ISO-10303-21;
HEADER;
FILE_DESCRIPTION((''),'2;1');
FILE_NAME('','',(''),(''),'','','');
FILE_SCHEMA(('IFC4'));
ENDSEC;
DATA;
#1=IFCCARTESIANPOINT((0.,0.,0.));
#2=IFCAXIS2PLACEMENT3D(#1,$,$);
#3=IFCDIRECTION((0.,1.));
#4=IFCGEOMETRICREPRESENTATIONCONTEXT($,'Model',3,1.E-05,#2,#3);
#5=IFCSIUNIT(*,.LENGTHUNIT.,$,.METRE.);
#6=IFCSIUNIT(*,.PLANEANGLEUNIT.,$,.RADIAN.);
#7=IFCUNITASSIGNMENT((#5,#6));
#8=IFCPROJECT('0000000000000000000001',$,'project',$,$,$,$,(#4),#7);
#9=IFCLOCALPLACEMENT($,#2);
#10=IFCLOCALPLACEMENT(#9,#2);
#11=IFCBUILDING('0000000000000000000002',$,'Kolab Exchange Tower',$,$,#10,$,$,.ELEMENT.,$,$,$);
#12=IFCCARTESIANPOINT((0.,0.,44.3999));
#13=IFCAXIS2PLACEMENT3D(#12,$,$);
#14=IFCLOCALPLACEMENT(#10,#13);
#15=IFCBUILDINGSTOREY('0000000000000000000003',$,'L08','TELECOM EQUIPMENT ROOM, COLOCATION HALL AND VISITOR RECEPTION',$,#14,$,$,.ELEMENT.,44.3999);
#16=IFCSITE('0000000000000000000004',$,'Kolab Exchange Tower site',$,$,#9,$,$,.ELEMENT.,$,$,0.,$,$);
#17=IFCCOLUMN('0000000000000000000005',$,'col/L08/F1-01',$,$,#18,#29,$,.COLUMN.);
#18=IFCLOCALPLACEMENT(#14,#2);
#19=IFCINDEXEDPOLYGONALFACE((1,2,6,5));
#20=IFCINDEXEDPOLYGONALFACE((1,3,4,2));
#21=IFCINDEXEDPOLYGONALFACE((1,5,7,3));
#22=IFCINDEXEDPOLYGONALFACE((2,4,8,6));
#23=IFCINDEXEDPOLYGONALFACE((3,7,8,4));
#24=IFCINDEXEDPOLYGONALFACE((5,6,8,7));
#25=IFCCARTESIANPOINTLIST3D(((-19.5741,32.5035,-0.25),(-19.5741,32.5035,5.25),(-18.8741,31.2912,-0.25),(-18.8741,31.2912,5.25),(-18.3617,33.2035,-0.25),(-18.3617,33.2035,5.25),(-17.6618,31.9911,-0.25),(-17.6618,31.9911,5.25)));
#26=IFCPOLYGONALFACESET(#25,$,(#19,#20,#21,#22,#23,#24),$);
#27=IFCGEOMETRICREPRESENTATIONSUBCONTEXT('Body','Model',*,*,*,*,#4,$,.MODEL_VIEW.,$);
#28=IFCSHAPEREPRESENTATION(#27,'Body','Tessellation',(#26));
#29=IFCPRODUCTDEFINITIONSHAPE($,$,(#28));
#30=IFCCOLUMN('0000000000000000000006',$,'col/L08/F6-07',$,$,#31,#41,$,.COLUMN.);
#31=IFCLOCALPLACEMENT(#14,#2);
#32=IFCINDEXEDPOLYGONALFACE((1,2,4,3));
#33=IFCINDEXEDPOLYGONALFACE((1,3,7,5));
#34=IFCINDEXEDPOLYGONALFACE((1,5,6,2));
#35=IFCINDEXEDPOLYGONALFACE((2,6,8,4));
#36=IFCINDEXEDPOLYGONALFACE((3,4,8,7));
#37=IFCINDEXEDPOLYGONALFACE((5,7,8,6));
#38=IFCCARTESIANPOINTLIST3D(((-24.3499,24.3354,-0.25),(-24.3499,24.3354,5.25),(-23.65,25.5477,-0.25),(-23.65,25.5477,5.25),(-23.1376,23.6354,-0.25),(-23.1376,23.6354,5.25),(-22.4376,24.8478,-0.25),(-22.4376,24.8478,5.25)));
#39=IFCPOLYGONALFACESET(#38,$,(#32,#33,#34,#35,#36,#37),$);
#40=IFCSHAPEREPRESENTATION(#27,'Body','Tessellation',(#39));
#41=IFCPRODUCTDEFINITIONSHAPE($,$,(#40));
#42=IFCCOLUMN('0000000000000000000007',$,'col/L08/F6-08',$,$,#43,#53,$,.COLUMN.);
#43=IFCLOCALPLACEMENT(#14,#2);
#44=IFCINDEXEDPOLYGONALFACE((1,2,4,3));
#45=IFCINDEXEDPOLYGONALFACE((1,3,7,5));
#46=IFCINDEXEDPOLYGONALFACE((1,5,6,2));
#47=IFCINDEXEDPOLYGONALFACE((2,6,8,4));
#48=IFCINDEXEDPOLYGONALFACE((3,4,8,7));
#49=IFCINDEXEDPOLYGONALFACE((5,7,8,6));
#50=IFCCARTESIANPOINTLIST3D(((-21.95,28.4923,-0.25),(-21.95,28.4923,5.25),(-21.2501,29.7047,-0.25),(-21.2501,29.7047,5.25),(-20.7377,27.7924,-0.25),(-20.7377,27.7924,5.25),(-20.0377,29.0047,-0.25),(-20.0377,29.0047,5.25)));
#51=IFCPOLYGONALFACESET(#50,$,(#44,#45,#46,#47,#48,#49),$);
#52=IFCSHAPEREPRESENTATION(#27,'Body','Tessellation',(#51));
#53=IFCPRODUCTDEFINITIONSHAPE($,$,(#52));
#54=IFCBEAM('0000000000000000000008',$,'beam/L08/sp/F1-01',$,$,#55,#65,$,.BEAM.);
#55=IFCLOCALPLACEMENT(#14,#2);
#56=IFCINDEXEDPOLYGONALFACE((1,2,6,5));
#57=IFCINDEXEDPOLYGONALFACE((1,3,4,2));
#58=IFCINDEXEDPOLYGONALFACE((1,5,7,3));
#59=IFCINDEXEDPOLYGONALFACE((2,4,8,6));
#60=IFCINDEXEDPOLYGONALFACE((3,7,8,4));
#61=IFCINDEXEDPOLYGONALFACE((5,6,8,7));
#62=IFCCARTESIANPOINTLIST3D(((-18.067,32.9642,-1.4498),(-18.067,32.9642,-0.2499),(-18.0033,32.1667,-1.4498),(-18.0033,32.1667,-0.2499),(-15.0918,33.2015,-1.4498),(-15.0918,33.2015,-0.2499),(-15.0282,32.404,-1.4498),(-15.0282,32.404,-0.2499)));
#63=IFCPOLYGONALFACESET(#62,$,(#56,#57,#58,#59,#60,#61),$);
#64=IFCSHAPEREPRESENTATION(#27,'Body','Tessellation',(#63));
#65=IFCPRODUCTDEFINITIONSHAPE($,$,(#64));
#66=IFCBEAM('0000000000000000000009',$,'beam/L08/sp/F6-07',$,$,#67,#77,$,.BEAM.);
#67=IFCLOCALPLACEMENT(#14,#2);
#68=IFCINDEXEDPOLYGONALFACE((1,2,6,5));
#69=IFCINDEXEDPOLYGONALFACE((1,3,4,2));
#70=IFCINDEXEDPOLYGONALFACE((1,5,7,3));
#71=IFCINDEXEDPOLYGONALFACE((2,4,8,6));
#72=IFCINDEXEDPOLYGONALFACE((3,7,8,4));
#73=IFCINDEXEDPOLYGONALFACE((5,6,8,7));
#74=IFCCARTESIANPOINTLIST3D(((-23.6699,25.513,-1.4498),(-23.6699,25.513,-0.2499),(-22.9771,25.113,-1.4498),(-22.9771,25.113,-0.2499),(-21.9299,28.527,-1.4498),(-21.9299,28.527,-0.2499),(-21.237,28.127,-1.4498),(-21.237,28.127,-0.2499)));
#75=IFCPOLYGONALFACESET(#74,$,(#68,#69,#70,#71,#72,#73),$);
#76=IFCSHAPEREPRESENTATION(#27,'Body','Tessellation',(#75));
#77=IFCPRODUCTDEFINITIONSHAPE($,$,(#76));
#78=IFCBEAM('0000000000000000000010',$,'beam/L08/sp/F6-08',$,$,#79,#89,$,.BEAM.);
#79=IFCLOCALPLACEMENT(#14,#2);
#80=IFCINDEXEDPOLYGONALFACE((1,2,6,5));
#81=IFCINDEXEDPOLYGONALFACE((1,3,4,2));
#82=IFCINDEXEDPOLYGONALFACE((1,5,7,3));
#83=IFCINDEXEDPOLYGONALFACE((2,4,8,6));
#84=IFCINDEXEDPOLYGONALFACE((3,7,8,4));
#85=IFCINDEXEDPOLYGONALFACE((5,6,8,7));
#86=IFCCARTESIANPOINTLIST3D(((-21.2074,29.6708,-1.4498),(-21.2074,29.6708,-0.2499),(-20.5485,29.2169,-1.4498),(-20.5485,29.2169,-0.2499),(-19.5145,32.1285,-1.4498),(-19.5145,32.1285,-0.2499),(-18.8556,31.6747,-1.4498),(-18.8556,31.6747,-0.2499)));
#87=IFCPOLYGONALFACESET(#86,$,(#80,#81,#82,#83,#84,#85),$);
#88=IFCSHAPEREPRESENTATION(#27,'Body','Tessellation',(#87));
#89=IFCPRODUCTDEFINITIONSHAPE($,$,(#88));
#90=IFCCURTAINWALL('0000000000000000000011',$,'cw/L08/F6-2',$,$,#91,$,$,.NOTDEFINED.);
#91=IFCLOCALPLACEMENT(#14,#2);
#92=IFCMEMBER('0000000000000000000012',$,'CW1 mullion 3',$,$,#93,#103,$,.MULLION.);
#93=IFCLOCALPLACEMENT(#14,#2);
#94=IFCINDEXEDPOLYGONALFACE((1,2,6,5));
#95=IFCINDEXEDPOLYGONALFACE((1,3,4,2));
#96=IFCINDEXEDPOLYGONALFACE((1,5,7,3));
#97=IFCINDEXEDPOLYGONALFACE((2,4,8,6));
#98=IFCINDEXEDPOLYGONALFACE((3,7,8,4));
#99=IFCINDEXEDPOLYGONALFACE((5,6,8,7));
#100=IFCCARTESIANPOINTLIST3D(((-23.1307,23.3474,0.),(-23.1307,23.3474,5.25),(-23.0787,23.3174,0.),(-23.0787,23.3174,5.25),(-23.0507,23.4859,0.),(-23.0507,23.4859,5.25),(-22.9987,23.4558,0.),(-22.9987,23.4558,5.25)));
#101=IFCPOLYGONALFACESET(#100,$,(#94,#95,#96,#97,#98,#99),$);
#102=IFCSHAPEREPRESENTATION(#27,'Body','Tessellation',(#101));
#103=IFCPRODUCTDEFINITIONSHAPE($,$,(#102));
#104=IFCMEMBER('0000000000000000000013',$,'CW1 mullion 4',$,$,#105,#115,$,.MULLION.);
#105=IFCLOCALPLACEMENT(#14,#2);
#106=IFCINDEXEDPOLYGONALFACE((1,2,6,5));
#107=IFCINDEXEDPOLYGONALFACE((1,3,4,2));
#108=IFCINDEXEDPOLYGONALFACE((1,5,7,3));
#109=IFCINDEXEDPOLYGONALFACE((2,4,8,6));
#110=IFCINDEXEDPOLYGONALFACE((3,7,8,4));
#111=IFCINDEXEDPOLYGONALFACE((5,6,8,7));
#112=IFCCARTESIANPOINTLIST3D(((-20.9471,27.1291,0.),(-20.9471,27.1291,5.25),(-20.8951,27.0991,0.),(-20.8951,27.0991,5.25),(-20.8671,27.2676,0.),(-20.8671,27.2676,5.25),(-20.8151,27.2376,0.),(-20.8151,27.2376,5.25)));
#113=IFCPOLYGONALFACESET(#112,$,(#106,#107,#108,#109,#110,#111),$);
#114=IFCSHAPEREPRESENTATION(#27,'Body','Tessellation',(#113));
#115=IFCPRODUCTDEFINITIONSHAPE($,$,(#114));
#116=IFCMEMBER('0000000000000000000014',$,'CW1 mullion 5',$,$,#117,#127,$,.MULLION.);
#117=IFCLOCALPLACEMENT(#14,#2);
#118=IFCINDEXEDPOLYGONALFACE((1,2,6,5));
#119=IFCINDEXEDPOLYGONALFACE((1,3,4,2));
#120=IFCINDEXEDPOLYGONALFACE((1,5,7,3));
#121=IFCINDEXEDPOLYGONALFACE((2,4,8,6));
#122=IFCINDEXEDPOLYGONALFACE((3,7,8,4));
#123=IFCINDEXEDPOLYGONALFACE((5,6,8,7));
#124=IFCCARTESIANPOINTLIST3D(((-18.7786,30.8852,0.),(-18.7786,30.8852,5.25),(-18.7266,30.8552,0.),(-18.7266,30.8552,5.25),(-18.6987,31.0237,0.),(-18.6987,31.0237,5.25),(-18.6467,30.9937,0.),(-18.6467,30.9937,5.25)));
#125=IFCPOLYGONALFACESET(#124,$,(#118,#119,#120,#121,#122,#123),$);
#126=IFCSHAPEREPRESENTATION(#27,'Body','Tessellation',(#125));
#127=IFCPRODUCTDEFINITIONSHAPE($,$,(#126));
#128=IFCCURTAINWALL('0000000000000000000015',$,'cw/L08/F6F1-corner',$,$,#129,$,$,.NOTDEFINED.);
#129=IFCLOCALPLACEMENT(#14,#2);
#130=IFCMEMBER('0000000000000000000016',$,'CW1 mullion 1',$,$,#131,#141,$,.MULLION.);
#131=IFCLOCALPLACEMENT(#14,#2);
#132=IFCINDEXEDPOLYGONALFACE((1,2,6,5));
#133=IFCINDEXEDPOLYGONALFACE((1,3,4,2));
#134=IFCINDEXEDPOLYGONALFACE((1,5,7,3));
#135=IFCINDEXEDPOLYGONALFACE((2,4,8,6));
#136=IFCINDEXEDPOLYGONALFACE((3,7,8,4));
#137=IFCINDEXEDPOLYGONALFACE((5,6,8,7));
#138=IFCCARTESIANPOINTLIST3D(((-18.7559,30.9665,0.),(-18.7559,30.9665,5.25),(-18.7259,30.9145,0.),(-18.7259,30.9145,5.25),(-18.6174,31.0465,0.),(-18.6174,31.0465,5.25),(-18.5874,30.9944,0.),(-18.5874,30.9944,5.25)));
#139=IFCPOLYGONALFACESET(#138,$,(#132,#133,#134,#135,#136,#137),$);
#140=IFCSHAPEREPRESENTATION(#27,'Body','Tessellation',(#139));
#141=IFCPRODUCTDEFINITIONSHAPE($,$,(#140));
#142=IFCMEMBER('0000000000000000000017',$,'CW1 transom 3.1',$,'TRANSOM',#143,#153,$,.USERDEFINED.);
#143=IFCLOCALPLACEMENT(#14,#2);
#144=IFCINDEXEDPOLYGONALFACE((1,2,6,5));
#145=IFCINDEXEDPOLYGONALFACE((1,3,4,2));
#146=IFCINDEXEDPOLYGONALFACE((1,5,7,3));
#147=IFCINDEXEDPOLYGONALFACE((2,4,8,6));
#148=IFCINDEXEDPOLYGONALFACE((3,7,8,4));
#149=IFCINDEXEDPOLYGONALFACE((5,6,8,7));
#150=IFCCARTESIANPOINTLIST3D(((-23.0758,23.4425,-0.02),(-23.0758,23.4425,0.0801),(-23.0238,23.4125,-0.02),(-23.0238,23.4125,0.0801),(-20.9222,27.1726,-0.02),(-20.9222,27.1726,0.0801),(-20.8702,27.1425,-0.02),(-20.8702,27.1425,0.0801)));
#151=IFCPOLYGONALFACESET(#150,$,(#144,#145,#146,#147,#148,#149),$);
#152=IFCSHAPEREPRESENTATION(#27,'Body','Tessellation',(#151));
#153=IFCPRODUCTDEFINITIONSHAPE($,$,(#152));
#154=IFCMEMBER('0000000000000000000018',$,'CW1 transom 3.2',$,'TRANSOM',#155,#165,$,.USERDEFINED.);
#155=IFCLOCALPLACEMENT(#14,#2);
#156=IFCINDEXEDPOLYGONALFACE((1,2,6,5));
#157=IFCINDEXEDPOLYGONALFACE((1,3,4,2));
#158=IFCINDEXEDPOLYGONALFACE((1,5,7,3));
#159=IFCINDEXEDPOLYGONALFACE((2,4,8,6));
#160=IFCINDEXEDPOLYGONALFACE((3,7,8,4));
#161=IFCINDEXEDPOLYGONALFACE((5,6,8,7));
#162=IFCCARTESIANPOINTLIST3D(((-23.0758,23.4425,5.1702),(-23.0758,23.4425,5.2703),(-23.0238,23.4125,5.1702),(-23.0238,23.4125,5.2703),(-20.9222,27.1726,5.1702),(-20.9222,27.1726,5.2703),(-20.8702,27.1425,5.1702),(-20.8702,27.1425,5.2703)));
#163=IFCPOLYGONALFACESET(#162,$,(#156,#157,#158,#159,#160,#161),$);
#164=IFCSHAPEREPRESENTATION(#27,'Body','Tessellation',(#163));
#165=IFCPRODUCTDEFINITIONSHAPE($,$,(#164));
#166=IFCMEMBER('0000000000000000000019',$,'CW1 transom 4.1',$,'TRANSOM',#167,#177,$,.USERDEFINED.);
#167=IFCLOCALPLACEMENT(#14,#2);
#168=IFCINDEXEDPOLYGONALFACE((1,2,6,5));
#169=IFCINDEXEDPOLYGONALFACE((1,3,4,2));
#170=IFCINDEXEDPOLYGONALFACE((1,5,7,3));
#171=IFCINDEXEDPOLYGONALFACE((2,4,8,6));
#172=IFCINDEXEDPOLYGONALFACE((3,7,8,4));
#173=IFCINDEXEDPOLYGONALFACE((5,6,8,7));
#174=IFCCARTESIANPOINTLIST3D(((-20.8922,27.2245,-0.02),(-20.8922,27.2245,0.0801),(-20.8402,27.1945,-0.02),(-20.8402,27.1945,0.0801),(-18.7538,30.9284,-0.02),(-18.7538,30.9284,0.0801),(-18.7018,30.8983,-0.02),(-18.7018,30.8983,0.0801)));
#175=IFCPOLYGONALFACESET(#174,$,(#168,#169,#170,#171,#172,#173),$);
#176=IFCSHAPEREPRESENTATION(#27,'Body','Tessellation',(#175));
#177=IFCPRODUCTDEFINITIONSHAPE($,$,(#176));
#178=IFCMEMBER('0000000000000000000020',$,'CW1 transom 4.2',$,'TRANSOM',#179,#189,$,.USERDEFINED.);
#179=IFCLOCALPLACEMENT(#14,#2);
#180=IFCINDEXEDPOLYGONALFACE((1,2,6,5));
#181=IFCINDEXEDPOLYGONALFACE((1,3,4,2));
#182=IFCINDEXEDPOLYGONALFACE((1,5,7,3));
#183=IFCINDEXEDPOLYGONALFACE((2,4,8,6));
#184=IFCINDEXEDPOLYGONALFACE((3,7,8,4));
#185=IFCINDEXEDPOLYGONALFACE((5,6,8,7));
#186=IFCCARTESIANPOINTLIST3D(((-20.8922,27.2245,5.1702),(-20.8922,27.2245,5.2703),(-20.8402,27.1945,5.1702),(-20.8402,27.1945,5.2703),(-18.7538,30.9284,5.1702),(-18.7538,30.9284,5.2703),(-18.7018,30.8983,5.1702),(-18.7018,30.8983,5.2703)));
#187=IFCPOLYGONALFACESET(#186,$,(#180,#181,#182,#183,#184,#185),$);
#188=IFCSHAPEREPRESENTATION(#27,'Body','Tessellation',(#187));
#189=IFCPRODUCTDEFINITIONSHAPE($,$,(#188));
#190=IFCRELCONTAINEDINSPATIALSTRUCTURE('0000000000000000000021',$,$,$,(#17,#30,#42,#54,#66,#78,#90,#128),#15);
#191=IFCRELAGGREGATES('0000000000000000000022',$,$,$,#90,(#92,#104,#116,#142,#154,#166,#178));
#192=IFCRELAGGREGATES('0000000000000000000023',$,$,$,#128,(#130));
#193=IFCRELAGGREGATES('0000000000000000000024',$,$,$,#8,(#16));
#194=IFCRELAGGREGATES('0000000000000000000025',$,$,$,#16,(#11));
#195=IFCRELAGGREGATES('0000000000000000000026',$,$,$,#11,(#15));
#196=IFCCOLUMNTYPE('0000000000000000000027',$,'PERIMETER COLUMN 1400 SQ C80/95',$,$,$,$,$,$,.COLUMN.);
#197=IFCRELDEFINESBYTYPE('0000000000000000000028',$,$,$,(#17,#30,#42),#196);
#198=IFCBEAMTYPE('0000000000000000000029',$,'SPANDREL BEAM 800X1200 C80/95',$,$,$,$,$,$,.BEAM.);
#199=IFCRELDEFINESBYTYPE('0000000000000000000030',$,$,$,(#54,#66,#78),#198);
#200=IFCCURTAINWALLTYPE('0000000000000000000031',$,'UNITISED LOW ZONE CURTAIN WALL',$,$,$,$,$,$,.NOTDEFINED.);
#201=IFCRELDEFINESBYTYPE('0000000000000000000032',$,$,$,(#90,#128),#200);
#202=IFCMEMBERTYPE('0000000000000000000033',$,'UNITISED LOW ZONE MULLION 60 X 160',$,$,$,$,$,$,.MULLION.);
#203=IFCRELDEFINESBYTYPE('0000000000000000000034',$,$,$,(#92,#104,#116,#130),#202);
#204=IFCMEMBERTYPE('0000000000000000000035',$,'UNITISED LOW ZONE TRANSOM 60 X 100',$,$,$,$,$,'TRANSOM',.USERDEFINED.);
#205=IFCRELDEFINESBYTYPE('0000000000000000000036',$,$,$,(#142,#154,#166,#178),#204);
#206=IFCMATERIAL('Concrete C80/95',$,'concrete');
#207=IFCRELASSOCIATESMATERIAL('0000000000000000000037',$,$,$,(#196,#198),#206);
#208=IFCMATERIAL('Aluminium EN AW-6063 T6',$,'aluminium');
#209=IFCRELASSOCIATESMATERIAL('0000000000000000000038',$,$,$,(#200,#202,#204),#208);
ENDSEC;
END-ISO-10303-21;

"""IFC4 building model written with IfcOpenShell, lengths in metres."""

from ifc_helpers import new_model, si_unit, direction, frame, origin, origin_2d, place, context, subcontext, project, spatial, rectangle, extrude, material, material_profile, profile_set, type_object, element, aggregate, save


model = new_model("IFC4")

# Units and contexts
model_context = context("Model", 3, precision=1e-05, world=origin(), true_north=direction((0.0, 1.0)))
body_context = subcontext(model_context, "Body", "Model", "MODEL_VIEW")
ifc_project = project(units=[si_unit("LENGTHUNIT", "METRE"), si_unit("PLANEANGLEUNIT", "RADIAN")], contexts=[model_context])

# Site, building, storey
site_placement = place(None, origin())
site = spatial("IfcSite", under=ifc_project, at=site_placement, Name="Kolab Exchange Tower site", CompositionType="ELEMENT", RefElevation=0.0)
building_placement = place(site_placement, origin())
building = spatial("IfcBuilding", under=site, at=building_placement, Name="Kolab Exchange Tower", CompositionType="ELEMENT")
storey_placement = place(building_placement, frame((0.0, 0.0, 44.3999)))
storey = spatial("IfcBuildingStorey", under=building, at=storey_placement, Name="L08", Description="TELECOM EQUIPMENT ROOM, COLOCATION HALL AND VISITOR RECEPTION", CompositionType="ELEMENT", Elevation=44.3999)

# Columns
ifc_material_1 = material(Name="Concrete C80/95", Category="concrete")
ifc_material_profile_1 = material_profile(ifc_material_1, rectangle(XDim=1.3999, YDim=1.3999, at=origin_2d()), Name="RC1400")
ifc_profile_set_1 = profile_set([ifc_material_profile_1], Name="Concrete C80/95")
column_type = type_object("IfcColumnType", Name="PERIMETER COLUMN 1400 SQ C80/95", PredefinedType="COLUMN", material=ifc_profile_set_1)
for number, where, z_axis, x_axis, name in (
    (1, (-18.6179, 32.2473, -0.25), (0.0, 0.0, 1.0), (0.866025, 0.5, 0.0), "col/L08/F1-01"),
    (2, (-23.3938, 24.5916, -0.25), (0.0, 0.0, 1.0), (0.5, 0.866025, 0.0), "col/L08/F6-07"),
    (3, (-20.9939, 28.7485, -0.25), (0.0, 0.0, 1.0), (0.5, 0.866025, 0.0), "col/L08/F6-08"),
):
    element("IfcColumn", number, at=place(storey_placement, frame(where, z_axis=z_axis, x_axis=x_axis)), inside=storey, type_object=column_type, Name=name, PredefinedType="COLUMN", context=body_context, shape_type="SweptSolid", body=[
        extrude(rectangle(XDim=1.3999, YDim=1.3999, at=origin_2d()), origin(), (0.0, 0.0, 1.0), 5.5),
    ])

# Beams
ifc_material_profile_2 = material_profile(ifc_material_1, rectangle(XDim=0.8, YDim=1.2, at=origin_2d()), Name="RC800X1200")
ifc_profile_set_2 = profile_set([ifc_material_profile_2], Name="Concrete C80/95")
beam_type = type_object("IfcBeamType", Name="SPANDREL BEAM 800X1200 C80/95", PredefinedType="BEAM", material=ifc_profile_set_2)
beam_1_placement = place(storey_placement, frame((-18.0352, 32.5654, -0.8499), z_axis=(0.996834, 0.079511, 0.0), x_axis=(-0.079511, 0.996834, 0.0)))
element("IfcBeam", 4, at=beam_1_placement, inside=storey, type_object=beam_type, Name="beam/L08/sp/F1-01", PredefinedType="BEAM", context=body_context, shape_type="SweptSolid", body=[
    extrude(rectangle(XDim=0.8, YDim=1.2, at=origin_2d()), origin(), (0.0, 0.0, 1.0), 2.9846),
])
beam_2_placement = place(storey_placement, frame((-23.3235, 25.313, -0.8499), z_axis=(0.49998, 0.866037, 0.0), x_axis=(-0.866037, 0.49998, 0.0)))
element("IfcBeam", 5, at=beam_2_placement, inside=storey, type_object=beam_type, Name="beam/L08/sp/F6-07", PredefinedType="BEAM", context=body_context, shape_type="SweptSolid", body=[
    extrude(rectangle(XDim=0.8, YDim=1.2, at=origin_2d()), origin(), (0.0, 0.0, 1.0), 3.4802),
])
beam_3_placement = place(storey_placement, frame((-20.8779, 29.4438, -0.8499), z_axis=(0.567247, 0.823548, 0.0), x_axis=(-0.823548, 0.567247, 0.0)))
element("IfcBeam", 6, at=beam_3_placement, inside=storey, type_object=beam_type, Name="beam/L08/sp/F6-08", PredefinedType="BEAM", context=body_context, shape_type="SweptSolid", body=[
    extrude(rectangle(XDim=0.8, YDim=1.2, at=origin_2d()), origin(), (0.0, 0.0, 1.0), 2.9844),
])

# Curtain wall, members
ifc_material_2 = material(Name="Aluminium EN AW-6063 T6", Category="aluminium")
curtain_wall_type = type_object("IfcCurtainWallType", Name="UNITISED LOW ZONE CURTAIN WALL", PredefinedType="NOTDEFINED", material=ifc_material_2)
curtain_wall_1_placement = place(storey_placement, origin())
curtain_wall_1 = element("IfcCurtainWall", 7, at=curtain_wall_1_placement, inside=storey, type_object=curtain_wall_type, Name="cw/L08/F6-2", PredefinedType="NOTDEFINED")
ifc_material_profile_3 = material_profile(ifc_material_2, rectangle(XDim=0.0601, YDim=0.1599, at=origin_2d()), Name="RECT 60X160")
ifc_profile_set_3 = profile_set([ifc_material_profile_3], Name="Aluminium EN AW-6063 T6")
member_type_1 = type_object("IfcMemberType", Name="UNITISED LOW ZONE MULLION 60 X 160", PredefinedType="MULLION", material=ifc_profile_set_3)
member_1_placement = place(storey_placement, frame((-23.0647, 23.4016, 0.0), z_axis=(0.0, 0.0, 1.0), x_axis=(-0.866025, 0.5, 0.0)))
member_1 = element("IfcMember", 8, at=member_1_placement, type_object=member_type_1, Name="CW1 mullion 3", PredefinedType="MULLION", context=body_context, shape_type="SweptSolid", body=[
    extrude(rectangle(XDim=0.0601, YDim=0.1599, at=origin_2d()), origin(), (0.0, 0.0, 1.0), 5.25),
])
member_2_placement = place(storey_placement, frame((-20.8811, 27.1833, 0.0), z_axis=(0.0, 0.0, 1.0), x_axis=(-0.866025, 0.5, 0.0)))
member_2 = element("IfcMember", 9, at=member_2_placement, type_object=member_type_1, Name="CW1 mullion 4", PredefinedType="MULLION", context=body_context, shape_type="SweptSolid", body=[
    extrude(rectangle(XDim=0.0601, YDim=0.1599, at=origin_2d()), origin(), (0.0, 0.0, 1.0), 5.25),
])
member_3_placement = place(storey_placement, frame((-18.7126, 30.9395, 0.0), z_axis=(0.0, 0.0, 1.0), x_axis=(-0.866025, 0.5, 0.0)))
member_3 = element("IfcMember", 10, at=member_3_placement, type_object=member_type_1, Name="CW1 mullion 5", PredefinedType="MULLION", context=body_context, shape_type="SweptSolid", body=[
    extrude(rectangle(XDim=0.0601, YDim=0.1599, at=origin_2d()), origin(), (0.0, 0.0, 1.0), 5.25),
])

# Curtain wall, member
curtain_wall_2_placement = place(storey_placement, origin())
curtain_wall_2 = element("IfcCurtainWall", 11, at=curtain_wall_2_placement, inside=storey, type_object=curtain_wall_type, Name="cw/L08/F6F1-corner", PredefinedType="NOTDEFINED")
member_4_placement = place(storey_placement, frame((-18.6716, 30.9805, 0.0), z_axis=(0.0, 0.0, 1.0), x_axis=(-0.5, 0.866025, 0.0)))
member_4 = element("IfcMember", 12, at=member_4_placement, type_object=member_type_1, Name="CW1 mullion 1", PredefinedType="MULLION", context=body_context, shape_type="SweptSolid", body=[
    extrude(rectangle(XDim=0.0601, YDim=0.1599, at=origin_2d()), origin(), (0.0, 0.0, 1.0), 5.25),
])

# Members
ifc_material_profile_4 = material_profile(ifc_material_2, rectangle(XDim=0.0601, YDim=0.1001, at=origin_2d()), Name="RECT 60X100")
ifc_profile_set_4 = profile_set([ifc_material_profile_4], Name="Aluminium EN AW-6063 T6")
member_type_2 = type_object("IfcMemberType", Name="UNITISED LOW ZONE TRANSOM 60 X 100", ElementType="TRANSOM", PredefinedType="USERDEFINED", material=ifc_profile_set_4)
member_5_placement = place(storey_placement, frame((-23.0498, 23.4275, 0.03), z_axis=(0.50001, 0.866019, 0.0), x_axis=(-0.866019, 0.50001, 0.0)))
member_5 = element("IfcMember", 13, at=member_5_placement, type_object=member_type_2, Name="CW1 transom 3.1", ObjectType="TRANSOM", PredefinedType="USERDEFINED", context=body_context, shape_type="SweptSolid", body=[
    extrude(rectangle(XDim=0.0601, YDim=0.1001, at=origin_2d()), origin(), (0.0, 0.0, 1.0), 4.3071),
])
member_6_placement = place(storey_placement, frame((-23.0498, 23.4275, 5.2202), z_axis=(0.50001, 0.866019, 0.0), x_axis=(-0.866019, 0.50001, 0.0)))
member_6 = element("IfcMember", 14, at=member_6_placement, type_object=member_type_2, Name="CW1 transom 3.2", ObjectType="TRANSOM", PredefinedType="USERDEFINED", context=body_context, shape_type="SweptSolid", body=[
    extrude(rectangle(XDim=0.0601, YDim=0.1001, at=origin_2d()), origin(), (0.0, 0.0, 1.0), 4.3071),
])
member_7_placement = place(storey_placement, frame((-20.8662, 27.2095, 0.03), z_axis=(0.500001, 0.866025, 0.0), x_axis=(-0.866025, 0.500001, 0.0)))
member_7 = element("IfcMember", 15, at=member_7_placement, type_object=member_type_2, Name="CW1 transom 4.1", ObjectType="TRANSOM", PredefinedType="USERDEFINED", context=body_context, shape_type="SweptSolid", body=[
    extrude(rectangle(XDim=0.0601, YDim=0.1001, at=origin_2d()), origin(), (0.0, 0.0, 1.0), 4.2769),
])
member_8_placement = place(storey_placement, frame((-20.8662, 27.2095, 5.2202), z_axis=(0.500001, 0.866025, 0.0), x_axis=(-0.866025, 0.500001, 0.0)))
member_8 = element("IfcMember", 16, at=member_8_placement, type_object=member_type_2, Name="CW1 transom 4.2", ObjectType="TRANSOM", PredefinedType="USERDEFINED", context=body_context, shape_type="SweptSolid", body=[
    extrude(rectangle(XDim=0.0601, YDim=0.1001, at=origin_2d()), origin(), (0.0, 0.0, 1.0), 4.2769),
])

aggregate(curtain_wall_1, [member_1, member_2, member_3, member_5, member_6, member_7, member_8])
aggregate(curtain_wall_2, [member_4])

save(model, "model.ifc")
